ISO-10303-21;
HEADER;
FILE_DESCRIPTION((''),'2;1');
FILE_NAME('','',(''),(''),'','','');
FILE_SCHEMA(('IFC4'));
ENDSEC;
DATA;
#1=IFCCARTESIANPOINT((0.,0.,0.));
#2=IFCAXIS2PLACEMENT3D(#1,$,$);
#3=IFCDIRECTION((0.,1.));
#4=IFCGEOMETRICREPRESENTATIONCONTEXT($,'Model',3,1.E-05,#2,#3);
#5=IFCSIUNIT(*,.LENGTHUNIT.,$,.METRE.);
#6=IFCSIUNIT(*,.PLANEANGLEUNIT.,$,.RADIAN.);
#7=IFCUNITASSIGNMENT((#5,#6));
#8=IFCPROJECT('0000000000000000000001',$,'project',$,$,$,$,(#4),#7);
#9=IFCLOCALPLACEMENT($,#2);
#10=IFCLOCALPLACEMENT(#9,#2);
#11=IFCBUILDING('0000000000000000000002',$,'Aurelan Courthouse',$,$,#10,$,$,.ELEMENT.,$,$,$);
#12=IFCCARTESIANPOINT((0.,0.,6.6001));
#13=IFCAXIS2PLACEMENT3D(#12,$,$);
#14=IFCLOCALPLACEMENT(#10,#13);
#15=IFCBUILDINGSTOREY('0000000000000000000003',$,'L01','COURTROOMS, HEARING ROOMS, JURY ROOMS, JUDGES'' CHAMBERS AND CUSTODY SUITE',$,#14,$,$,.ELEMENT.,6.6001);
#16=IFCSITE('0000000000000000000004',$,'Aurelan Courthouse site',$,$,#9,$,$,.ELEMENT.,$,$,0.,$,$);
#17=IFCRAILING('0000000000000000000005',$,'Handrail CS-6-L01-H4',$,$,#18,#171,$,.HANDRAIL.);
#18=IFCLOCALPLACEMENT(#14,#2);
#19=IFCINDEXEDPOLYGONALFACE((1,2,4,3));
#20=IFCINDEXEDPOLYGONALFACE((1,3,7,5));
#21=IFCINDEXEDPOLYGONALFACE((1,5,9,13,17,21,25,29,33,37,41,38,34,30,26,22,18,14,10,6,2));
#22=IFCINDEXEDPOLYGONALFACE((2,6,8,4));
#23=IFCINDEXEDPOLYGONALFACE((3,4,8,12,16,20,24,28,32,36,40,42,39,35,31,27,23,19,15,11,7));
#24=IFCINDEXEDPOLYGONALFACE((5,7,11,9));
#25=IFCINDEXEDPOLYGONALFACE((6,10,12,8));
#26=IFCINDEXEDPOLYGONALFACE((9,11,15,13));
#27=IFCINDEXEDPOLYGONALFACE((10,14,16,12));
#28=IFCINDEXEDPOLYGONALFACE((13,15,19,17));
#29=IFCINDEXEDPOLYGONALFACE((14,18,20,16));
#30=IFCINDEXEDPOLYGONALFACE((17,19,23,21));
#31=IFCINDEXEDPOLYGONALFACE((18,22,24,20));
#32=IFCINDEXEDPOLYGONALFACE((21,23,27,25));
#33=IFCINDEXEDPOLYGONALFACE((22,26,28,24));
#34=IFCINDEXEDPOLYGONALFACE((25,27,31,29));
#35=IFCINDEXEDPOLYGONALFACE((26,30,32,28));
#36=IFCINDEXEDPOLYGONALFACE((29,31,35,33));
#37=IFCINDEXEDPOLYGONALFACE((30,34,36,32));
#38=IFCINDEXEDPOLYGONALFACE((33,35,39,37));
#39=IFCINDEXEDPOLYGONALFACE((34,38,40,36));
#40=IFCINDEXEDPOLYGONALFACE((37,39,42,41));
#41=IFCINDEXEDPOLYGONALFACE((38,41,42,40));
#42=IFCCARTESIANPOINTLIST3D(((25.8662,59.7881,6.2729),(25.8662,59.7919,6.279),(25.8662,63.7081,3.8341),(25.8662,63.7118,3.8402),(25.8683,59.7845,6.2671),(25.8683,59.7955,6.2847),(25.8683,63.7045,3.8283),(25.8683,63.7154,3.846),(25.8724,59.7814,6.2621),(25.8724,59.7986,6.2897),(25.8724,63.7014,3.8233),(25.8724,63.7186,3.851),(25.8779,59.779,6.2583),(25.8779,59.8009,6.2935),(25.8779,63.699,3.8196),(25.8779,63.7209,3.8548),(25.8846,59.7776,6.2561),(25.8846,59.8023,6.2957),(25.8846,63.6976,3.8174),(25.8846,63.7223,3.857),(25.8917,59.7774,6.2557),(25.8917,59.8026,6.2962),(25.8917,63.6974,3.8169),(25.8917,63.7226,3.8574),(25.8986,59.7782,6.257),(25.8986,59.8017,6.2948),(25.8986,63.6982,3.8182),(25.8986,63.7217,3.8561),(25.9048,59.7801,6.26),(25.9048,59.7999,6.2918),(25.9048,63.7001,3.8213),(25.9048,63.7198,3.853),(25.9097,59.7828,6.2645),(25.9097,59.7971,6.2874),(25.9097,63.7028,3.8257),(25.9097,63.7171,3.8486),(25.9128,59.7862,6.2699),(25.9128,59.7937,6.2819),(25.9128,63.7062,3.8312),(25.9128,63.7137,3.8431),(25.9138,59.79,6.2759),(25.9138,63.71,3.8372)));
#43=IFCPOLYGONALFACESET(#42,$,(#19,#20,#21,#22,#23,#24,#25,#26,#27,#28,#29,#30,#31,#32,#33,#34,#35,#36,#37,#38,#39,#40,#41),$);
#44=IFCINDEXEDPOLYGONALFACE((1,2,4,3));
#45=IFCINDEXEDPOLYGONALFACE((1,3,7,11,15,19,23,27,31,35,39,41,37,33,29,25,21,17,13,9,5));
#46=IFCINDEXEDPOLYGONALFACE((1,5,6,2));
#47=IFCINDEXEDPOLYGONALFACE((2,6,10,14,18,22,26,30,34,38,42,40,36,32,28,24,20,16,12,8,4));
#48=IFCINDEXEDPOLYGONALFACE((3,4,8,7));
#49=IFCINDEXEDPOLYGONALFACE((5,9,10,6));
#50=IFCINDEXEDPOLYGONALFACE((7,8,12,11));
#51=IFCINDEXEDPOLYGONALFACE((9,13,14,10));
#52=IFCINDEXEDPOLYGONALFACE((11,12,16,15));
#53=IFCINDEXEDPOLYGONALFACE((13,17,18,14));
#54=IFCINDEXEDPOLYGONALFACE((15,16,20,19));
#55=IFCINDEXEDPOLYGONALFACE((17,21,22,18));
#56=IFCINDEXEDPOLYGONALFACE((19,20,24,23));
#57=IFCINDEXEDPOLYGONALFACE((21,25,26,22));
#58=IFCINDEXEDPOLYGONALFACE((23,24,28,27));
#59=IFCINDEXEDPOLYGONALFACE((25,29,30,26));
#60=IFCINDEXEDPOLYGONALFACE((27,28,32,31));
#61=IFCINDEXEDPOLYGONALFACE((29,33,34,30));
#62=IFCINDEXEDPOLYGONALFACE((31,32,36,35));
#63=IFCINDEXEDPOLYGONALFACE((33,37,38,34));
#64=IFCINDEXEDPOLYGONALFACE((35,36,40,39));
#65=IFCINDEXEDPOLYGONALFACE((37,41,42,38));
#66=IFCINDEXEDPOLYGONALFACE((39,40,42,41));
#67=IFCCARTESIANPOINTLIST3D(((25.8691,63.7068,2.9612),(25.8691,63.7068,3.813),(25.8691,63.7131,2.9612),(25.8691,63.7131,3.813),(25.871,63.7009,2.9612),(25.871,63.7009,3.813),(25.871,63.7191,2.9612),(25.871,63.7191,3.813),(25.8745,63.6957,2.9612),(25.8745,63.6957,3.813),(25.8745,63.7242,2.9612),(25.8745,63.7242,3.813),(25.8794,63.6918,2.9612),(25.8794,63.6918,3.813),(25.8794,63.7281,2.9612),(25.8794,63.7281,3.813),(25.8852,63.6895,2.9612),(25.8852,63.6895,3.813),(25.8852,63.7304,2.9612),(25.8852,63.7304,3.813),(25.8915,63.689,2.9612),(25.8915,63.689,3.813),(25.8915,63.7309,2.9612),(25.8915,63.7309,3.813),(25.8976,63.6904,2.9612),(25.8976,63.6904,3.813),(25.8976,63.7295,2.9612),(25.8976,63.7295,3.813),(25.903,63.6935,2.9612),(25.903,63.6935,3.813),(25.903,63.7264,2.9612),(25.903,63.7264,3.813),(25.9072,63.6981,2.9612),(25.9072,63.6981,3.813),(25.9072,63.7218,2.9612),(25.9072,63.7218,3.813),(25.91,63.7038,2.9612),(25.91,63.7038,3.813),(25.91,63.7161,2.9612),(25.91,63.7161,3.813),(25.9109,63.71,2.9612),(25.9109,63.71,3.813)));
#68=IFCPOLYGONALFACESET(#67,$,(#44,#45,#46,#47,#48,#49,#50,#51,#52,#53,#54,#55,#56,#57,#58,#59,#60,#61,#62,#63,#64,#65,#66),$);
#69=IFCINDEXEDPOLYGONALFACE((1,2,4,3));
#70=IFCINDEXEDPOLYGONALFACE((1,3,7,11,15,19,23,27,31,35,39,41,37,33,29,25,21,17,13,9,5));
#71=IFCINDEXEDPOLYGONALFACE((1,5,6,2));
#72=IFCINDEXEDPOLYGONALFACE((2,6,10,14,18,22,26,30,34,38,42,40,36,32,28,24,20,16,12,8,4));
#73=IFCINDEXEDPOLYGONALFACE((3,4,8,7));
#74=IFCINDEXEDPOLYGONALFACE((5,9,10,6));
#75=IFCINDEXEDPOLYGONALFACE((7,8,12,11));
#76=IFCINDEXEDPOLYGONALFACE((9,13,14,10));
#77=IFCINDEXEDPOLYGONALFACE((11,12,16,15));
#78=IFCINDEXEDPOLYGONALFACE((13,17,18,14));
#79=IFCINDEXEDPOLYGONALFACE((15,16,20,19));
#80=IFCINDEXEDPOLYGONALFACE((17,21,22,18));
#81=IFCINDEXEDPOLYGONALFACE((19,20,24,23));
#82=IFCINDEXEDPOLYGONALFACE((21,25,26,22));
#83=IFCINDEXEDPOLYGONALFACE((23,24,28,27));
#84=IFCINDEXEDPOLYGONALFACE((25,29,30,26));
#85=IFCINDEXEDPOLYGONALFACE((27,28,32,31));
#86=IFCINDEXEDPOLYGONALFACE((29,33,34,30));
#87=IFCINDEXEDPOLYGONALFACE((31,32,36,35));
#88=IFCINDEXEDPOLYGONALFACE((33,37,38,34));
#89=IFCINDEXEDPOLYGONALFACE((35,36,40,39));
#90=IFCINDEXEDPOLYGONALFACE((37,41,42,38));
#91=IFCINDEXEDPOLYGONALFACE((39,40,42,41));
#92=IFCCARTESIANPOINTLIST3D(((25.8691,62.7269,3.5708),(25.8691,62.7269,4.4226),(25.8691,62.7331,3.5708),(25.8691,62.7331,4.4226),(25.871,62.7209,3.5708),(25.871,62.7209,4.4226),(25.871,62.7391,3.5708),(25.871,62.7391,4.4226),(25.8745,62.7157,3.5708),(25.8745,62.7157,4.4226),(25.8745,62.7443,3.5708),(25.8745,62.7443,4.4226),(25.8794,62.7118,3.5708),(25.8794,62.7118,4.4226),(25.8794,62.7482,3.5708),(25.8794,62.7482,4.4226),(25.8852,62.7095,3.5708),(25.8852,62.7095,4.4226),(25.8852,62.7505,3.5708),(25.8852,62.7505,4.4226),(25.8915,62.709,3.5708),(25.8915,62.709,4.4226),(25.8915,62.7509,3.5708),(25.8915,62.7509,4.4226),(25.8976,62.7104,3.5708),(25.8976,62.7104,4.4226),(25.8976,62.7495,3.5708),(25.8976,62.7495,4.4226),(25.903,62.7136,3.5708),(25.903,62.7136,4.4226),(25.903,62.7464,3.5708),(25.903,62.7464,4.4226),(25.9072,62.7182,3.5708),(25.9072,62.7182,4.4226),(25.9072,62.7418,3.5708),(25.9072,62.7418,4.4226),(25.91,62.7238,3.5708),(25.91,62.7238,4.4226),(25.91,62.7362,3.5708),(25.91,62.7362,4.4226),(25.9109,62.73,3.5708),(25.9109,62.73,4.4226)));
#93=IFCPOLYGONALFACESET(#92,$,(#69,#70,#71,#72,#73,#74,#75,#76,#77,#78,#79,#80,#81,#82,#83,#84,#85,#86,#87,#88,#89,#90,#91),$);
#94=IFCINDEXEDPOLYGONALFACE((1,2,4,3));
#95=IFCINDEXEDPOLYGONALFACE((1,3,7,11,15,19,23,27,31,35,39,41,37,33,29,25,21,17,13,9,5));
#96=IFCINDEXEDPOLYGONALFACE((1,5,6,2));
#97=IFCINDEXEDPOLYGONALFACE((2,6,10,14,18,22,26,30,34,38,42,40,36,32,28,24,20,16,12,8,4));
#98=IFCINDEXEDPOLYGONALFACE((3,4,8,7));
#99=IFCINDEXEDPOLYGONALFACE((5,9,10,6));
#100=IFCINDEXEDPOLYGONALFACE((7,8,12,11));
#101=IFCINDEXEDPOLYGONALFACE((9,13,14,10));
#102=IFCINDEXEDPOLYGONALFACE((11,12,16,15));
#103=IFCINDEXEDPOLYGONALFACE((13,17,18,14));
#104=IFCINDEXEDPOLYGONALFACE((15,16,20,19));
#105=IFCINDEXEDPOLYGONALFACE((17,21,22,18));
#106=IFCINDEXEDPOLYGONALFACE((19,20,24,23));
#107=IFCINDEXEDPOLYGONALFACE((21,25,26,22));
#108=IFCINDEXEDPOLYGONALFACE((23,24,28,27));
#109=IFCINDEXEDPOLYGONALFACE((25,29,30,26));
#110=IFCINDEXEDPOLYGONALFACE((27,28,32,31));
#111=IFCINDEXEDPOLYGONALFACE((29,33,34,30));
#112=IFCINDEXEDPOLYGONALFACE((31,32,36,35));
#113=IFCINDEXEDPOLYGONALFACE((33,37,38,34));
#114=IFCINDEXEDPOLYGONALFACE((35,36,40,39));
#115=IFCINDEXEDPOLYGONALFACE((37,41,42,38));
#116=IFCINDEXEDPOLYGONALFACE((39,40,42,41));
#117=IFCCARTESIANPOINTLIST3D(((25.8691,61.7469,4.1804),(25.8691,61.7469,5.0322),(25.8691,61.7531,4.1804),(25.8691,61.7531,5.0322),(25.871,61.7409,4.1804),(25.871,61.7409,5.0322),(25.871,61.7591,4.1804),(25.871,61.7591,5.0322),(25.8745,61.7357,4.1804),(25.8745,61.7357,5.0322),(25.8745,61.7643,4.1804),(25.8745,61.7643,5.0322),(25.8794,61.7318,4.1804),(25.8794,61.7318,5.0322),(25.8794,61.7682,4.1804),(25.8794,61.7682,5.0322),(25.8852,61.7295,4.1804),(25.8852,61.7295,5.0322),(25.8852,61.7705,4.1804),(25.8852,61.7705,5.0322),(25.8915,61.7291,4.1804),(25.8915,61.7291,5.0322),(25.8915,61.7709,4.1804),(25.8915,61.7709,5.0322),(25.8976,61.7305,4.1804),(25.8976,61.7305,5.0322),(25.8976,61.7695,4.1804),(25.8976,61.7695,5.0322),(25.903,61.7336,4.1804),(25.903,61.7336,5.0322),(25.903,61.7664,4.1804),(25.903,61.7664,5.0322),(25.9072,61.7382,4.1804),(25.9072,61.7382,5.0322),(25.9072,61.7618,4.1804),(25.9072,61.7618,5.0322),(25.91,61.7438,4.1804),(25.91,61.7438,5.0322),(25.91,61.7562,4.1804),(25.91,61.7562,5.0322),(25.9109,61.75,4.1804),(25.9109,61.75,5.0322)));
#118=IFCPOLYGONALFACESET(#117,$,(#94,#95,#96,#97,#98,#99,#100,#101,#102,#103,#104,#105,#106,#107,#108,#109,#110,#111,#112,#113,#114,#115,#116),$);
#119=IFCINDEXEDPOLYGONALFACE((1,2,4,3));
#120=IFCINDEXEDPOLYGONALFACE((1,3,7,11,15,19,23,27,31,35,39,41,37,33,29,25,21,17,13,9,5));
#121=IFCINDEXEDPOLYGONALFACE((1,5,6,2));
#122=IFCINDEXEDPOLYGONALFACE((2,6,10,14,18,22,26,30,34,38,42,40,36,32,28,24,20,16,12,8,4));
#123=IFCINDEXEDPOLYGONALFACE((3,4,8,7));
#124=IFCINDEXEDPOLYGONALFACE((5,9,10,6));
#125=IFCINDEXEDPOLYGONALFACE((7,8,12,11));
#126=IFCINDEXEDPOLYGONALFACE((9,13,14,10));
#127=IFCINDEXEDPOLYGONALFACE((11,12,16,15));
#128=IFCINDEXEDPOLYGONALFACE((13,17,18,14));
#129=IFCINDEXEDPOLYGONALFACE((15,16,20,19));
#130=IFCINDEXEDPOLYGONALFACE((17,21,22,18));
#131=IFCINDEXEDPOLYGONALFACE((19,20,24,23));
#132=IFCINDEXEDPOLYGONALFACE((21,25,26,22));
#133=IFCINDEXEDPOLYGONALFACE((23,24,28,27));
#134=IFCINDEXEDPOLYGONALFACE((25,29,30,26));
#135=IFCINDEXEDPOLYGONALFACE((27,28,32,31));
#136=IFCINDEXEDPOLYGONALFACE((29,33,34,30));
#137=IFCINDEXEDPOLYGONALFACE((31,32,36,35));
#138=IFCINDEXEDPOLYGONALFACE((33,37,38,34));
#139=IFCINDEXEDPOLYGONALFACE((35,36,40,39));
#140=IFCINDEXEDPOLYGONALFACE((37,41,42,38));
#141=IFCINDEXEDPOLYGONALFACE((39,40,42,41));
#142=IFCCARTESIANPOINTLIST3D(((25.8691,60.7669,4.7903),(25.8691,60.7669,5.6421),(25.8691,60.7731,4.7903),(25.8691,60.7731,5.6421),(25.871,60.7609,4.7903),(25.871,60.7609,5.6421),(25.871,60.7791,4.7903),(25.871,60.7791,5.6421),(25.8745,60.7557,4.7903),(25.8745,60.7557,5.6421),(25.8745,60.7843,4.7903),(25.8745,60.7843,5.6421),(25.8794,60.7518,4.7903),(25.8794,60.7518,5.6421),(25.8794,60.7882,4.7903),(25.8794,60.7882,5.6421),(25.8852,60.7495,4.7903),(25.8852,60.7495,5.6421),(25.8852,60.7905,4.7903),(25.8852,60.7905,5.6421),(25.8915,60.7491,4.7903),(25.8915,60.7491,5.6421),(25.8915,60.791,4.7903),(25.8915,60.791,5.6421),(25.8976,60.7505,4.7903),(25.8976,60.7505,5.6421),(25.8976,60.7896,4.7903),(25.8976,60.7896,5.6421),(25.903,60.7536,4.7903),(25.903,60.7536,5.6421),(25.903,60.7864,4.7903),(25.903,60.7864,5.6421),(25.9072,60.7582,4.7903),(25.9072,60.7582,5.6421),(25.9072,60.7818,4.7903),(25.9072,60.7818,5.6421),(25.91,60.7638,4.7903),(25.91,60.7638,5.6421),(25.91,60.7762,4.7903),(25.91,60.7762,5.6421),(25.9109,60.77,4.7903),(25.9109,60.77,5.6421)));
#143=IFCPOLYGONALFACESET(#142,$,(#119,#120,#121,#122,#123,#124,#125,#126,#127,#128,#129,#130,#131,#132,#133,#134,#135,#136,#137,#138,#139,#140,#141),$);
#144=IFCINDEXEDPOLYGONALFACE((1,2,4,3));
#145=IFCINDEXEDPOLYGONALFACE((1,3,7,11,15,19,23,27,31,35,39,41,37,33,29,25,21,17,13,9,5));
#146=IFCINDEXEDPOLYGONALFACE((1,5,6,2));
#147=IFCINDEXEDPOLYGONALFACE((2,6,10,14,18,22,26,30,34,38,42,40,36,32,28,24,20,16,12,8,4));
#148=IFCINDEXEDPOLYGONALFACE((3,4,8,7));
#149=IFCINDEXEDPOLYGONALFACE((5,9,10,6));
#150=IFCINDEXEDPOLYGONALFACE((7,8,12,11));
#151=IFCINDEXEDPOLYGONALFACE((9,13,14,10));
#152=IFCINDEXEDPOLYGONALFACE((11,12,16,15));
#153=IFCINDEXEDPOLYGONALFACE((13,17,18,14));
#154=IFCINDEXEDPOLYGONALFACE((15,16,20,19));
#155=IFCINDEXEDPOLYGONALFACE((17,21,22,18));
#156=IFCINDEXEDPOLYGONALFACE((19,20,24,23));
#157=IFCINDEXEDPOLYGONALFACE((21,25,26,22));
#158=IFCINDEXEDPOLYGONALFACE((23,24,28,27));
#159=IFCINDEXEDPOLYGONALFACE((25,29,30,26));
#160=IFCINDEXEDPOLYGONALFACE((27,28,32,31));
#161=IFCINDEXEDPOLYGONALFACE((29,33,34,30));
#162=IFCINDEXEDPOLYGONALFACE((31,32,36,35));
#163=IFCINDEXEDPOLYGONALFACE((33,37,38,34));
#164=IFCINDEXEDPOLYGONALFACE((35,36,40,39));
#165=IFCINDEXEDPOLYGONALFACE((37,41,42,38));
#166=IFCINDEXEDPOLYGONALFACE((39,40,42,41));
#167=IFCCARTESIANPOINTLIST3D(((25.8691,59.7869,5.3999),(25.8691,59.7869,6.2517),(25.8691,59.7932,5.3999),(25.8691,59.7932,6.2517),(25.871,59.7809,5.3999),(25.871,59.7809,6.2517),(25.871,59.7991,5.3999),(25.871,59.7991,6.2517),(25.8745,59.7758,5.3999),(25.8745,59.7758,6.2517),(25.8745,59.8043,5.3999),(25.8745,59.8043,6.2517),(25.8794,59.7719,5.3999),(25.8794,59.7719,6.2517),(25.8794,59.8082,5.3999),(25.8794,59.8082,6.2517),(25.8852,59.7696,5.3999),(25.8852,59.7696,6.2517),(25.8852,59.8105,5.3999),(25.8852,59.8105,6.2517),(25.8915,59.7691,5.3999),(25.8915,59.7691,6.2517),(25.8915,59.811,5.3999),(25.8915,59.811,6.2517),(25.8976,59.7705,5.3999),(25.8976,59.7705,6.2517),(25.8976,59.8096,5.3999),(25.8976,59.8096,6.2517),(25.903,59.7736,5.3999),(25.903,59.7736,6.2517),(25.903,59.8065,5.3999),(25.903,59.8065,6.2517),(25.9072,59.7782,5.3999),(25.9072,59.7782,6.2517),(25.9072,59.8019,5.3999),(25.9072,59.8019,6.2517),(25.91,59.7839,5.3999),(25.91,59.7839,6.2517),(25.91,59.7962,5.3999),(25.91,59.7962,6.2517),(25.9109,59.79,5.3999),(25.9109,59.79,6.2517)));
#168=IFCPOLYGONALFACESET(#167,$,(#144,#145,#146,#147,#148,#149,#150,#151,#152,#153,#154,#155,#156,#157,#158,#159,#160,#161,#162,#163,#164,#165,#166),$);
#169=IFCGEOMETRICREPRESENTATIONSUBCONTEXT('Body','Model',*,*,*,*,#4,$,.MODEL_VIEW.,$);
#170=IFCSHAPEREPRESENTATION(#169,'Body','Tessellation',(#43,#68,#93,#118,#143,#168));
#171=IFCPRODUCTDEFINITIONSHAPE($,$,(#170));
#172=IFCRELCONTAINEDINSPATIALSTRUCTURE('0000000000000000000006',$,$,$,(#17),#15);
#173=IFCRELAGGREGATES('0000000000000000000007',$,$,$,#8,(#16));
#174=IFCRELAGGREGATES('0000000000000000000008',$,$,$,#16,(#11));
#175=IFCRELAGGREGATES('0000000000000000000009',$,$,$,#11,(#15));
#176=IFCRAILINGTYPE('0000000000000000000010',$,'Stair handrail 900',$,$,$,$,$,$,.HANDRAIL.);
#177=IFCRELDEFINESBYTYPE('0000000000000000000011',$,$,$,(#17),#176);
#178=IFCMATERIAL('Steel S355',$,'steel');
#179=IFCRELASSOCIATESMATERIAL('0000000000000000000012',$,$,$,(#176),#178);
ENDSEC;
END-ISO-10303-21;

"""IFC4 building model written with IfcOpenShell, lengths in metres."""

from ifc_helpers import new_model, si_unit, direction, frame, origin, origin_2d, place, context, subcontext, project, spatial, circle, extrude, material, type_object, element, save


model = new_model("IFC4")

# Units and contexts
model_context = context("Model", 3, precision=1e-05, world=origin(), true_north=direction((0.0, 1.0)))
body_context = subcontext(model_context, "Body", "Model", "MODEL_VIEW")
ifc_project = project(units=[si_unit("LENGTHUNIT", "METRE"), si_unit("PLANEANGLEUNIT", "RADIAN")], contexts=[model_context])

# Site, building, storey
site_placement = place(None, origin())
site = spatial("IfcSite", under=ifc_project, at=site_placement, Name="Aurelan Courthouse site", CompositionType="ELEMENT", RefElevation=0.0)
building_placement = place(site_placement, origin())
building = spatial("IfcBuilding", under=site, at=building_placement, Name="Aurelan Courthouse", CompositionType="ELEMENT")
storey_placement = place(building_placement, frame((0.0, 0.0, 6.6001)))
storey = spatial("IfcBuildingStorey", under=building, at=storey_placement, Name="L01", Description="COURTROOMS, HEARING ROOMS, JURY ROOMS, JUDGES' CHAMBERS AND CUSTODY SUITE", CompositionType="ELEMENT", Elevation=6.6001)

# Railing
ifc_material_1 = material(Name="Steel S355", Category="steel")
railing_type_1 = type_object("IfcRailingType", Name="Stair handrail 900", PredefinedType="HANDRAIL", material=ifc_material_1)
for number, where, name in (
    (1, (25.8899, 63.71, 2.9612), "Handrail CS-6-L01-H4"),
):
    element("IfcRailing", number, at=place(storey_placement, frame(where)), inside=storey, type_object=railing_type_1, Name=name, PredefinedType="HANDRAIL", context=body_context, shape_type="SweptSolid", body=[
        extrude(circle(Radius=0.0239, at=origin_2d()), frame((0.0, 0.0, 0.876), z_axis=(0.0, -0.84909, 0.528249), x_axis=(1.0, 0.0, 0.0)), (0.0, 0.0, 1.0), 4.6167),
        extrude(circle(Radius=0.021, at=origin_2d()), origin(), (0.0, 0.0, 1.0), 0.8518),
        extrude(circle(Radius=0.021, at=origin_2d()), frame((0.0, -0.98, 0.6096)), (0.0, 0.0, 1.0), 0.8518),
        extrude(circle(Radius=0.021, at=origin_2d()), frame((0.0, -1.96, 1.2192)), (0.0, 0.0, 1.0), 0.8518),
        extrude(circle(Radius=0.021, at=origin_2d()), frame((0.0, -2.9399, 1.8291)), (0.0, 0.0, 1.0), 0.8518),
        extrude(circle(Radius=0.021, at=origin_2d()), frame((0.0, -3.9199, 2.4387)), (0.0, 0.0, 1.0), 0.8518),
    ])

save(model, "model.ifc")
